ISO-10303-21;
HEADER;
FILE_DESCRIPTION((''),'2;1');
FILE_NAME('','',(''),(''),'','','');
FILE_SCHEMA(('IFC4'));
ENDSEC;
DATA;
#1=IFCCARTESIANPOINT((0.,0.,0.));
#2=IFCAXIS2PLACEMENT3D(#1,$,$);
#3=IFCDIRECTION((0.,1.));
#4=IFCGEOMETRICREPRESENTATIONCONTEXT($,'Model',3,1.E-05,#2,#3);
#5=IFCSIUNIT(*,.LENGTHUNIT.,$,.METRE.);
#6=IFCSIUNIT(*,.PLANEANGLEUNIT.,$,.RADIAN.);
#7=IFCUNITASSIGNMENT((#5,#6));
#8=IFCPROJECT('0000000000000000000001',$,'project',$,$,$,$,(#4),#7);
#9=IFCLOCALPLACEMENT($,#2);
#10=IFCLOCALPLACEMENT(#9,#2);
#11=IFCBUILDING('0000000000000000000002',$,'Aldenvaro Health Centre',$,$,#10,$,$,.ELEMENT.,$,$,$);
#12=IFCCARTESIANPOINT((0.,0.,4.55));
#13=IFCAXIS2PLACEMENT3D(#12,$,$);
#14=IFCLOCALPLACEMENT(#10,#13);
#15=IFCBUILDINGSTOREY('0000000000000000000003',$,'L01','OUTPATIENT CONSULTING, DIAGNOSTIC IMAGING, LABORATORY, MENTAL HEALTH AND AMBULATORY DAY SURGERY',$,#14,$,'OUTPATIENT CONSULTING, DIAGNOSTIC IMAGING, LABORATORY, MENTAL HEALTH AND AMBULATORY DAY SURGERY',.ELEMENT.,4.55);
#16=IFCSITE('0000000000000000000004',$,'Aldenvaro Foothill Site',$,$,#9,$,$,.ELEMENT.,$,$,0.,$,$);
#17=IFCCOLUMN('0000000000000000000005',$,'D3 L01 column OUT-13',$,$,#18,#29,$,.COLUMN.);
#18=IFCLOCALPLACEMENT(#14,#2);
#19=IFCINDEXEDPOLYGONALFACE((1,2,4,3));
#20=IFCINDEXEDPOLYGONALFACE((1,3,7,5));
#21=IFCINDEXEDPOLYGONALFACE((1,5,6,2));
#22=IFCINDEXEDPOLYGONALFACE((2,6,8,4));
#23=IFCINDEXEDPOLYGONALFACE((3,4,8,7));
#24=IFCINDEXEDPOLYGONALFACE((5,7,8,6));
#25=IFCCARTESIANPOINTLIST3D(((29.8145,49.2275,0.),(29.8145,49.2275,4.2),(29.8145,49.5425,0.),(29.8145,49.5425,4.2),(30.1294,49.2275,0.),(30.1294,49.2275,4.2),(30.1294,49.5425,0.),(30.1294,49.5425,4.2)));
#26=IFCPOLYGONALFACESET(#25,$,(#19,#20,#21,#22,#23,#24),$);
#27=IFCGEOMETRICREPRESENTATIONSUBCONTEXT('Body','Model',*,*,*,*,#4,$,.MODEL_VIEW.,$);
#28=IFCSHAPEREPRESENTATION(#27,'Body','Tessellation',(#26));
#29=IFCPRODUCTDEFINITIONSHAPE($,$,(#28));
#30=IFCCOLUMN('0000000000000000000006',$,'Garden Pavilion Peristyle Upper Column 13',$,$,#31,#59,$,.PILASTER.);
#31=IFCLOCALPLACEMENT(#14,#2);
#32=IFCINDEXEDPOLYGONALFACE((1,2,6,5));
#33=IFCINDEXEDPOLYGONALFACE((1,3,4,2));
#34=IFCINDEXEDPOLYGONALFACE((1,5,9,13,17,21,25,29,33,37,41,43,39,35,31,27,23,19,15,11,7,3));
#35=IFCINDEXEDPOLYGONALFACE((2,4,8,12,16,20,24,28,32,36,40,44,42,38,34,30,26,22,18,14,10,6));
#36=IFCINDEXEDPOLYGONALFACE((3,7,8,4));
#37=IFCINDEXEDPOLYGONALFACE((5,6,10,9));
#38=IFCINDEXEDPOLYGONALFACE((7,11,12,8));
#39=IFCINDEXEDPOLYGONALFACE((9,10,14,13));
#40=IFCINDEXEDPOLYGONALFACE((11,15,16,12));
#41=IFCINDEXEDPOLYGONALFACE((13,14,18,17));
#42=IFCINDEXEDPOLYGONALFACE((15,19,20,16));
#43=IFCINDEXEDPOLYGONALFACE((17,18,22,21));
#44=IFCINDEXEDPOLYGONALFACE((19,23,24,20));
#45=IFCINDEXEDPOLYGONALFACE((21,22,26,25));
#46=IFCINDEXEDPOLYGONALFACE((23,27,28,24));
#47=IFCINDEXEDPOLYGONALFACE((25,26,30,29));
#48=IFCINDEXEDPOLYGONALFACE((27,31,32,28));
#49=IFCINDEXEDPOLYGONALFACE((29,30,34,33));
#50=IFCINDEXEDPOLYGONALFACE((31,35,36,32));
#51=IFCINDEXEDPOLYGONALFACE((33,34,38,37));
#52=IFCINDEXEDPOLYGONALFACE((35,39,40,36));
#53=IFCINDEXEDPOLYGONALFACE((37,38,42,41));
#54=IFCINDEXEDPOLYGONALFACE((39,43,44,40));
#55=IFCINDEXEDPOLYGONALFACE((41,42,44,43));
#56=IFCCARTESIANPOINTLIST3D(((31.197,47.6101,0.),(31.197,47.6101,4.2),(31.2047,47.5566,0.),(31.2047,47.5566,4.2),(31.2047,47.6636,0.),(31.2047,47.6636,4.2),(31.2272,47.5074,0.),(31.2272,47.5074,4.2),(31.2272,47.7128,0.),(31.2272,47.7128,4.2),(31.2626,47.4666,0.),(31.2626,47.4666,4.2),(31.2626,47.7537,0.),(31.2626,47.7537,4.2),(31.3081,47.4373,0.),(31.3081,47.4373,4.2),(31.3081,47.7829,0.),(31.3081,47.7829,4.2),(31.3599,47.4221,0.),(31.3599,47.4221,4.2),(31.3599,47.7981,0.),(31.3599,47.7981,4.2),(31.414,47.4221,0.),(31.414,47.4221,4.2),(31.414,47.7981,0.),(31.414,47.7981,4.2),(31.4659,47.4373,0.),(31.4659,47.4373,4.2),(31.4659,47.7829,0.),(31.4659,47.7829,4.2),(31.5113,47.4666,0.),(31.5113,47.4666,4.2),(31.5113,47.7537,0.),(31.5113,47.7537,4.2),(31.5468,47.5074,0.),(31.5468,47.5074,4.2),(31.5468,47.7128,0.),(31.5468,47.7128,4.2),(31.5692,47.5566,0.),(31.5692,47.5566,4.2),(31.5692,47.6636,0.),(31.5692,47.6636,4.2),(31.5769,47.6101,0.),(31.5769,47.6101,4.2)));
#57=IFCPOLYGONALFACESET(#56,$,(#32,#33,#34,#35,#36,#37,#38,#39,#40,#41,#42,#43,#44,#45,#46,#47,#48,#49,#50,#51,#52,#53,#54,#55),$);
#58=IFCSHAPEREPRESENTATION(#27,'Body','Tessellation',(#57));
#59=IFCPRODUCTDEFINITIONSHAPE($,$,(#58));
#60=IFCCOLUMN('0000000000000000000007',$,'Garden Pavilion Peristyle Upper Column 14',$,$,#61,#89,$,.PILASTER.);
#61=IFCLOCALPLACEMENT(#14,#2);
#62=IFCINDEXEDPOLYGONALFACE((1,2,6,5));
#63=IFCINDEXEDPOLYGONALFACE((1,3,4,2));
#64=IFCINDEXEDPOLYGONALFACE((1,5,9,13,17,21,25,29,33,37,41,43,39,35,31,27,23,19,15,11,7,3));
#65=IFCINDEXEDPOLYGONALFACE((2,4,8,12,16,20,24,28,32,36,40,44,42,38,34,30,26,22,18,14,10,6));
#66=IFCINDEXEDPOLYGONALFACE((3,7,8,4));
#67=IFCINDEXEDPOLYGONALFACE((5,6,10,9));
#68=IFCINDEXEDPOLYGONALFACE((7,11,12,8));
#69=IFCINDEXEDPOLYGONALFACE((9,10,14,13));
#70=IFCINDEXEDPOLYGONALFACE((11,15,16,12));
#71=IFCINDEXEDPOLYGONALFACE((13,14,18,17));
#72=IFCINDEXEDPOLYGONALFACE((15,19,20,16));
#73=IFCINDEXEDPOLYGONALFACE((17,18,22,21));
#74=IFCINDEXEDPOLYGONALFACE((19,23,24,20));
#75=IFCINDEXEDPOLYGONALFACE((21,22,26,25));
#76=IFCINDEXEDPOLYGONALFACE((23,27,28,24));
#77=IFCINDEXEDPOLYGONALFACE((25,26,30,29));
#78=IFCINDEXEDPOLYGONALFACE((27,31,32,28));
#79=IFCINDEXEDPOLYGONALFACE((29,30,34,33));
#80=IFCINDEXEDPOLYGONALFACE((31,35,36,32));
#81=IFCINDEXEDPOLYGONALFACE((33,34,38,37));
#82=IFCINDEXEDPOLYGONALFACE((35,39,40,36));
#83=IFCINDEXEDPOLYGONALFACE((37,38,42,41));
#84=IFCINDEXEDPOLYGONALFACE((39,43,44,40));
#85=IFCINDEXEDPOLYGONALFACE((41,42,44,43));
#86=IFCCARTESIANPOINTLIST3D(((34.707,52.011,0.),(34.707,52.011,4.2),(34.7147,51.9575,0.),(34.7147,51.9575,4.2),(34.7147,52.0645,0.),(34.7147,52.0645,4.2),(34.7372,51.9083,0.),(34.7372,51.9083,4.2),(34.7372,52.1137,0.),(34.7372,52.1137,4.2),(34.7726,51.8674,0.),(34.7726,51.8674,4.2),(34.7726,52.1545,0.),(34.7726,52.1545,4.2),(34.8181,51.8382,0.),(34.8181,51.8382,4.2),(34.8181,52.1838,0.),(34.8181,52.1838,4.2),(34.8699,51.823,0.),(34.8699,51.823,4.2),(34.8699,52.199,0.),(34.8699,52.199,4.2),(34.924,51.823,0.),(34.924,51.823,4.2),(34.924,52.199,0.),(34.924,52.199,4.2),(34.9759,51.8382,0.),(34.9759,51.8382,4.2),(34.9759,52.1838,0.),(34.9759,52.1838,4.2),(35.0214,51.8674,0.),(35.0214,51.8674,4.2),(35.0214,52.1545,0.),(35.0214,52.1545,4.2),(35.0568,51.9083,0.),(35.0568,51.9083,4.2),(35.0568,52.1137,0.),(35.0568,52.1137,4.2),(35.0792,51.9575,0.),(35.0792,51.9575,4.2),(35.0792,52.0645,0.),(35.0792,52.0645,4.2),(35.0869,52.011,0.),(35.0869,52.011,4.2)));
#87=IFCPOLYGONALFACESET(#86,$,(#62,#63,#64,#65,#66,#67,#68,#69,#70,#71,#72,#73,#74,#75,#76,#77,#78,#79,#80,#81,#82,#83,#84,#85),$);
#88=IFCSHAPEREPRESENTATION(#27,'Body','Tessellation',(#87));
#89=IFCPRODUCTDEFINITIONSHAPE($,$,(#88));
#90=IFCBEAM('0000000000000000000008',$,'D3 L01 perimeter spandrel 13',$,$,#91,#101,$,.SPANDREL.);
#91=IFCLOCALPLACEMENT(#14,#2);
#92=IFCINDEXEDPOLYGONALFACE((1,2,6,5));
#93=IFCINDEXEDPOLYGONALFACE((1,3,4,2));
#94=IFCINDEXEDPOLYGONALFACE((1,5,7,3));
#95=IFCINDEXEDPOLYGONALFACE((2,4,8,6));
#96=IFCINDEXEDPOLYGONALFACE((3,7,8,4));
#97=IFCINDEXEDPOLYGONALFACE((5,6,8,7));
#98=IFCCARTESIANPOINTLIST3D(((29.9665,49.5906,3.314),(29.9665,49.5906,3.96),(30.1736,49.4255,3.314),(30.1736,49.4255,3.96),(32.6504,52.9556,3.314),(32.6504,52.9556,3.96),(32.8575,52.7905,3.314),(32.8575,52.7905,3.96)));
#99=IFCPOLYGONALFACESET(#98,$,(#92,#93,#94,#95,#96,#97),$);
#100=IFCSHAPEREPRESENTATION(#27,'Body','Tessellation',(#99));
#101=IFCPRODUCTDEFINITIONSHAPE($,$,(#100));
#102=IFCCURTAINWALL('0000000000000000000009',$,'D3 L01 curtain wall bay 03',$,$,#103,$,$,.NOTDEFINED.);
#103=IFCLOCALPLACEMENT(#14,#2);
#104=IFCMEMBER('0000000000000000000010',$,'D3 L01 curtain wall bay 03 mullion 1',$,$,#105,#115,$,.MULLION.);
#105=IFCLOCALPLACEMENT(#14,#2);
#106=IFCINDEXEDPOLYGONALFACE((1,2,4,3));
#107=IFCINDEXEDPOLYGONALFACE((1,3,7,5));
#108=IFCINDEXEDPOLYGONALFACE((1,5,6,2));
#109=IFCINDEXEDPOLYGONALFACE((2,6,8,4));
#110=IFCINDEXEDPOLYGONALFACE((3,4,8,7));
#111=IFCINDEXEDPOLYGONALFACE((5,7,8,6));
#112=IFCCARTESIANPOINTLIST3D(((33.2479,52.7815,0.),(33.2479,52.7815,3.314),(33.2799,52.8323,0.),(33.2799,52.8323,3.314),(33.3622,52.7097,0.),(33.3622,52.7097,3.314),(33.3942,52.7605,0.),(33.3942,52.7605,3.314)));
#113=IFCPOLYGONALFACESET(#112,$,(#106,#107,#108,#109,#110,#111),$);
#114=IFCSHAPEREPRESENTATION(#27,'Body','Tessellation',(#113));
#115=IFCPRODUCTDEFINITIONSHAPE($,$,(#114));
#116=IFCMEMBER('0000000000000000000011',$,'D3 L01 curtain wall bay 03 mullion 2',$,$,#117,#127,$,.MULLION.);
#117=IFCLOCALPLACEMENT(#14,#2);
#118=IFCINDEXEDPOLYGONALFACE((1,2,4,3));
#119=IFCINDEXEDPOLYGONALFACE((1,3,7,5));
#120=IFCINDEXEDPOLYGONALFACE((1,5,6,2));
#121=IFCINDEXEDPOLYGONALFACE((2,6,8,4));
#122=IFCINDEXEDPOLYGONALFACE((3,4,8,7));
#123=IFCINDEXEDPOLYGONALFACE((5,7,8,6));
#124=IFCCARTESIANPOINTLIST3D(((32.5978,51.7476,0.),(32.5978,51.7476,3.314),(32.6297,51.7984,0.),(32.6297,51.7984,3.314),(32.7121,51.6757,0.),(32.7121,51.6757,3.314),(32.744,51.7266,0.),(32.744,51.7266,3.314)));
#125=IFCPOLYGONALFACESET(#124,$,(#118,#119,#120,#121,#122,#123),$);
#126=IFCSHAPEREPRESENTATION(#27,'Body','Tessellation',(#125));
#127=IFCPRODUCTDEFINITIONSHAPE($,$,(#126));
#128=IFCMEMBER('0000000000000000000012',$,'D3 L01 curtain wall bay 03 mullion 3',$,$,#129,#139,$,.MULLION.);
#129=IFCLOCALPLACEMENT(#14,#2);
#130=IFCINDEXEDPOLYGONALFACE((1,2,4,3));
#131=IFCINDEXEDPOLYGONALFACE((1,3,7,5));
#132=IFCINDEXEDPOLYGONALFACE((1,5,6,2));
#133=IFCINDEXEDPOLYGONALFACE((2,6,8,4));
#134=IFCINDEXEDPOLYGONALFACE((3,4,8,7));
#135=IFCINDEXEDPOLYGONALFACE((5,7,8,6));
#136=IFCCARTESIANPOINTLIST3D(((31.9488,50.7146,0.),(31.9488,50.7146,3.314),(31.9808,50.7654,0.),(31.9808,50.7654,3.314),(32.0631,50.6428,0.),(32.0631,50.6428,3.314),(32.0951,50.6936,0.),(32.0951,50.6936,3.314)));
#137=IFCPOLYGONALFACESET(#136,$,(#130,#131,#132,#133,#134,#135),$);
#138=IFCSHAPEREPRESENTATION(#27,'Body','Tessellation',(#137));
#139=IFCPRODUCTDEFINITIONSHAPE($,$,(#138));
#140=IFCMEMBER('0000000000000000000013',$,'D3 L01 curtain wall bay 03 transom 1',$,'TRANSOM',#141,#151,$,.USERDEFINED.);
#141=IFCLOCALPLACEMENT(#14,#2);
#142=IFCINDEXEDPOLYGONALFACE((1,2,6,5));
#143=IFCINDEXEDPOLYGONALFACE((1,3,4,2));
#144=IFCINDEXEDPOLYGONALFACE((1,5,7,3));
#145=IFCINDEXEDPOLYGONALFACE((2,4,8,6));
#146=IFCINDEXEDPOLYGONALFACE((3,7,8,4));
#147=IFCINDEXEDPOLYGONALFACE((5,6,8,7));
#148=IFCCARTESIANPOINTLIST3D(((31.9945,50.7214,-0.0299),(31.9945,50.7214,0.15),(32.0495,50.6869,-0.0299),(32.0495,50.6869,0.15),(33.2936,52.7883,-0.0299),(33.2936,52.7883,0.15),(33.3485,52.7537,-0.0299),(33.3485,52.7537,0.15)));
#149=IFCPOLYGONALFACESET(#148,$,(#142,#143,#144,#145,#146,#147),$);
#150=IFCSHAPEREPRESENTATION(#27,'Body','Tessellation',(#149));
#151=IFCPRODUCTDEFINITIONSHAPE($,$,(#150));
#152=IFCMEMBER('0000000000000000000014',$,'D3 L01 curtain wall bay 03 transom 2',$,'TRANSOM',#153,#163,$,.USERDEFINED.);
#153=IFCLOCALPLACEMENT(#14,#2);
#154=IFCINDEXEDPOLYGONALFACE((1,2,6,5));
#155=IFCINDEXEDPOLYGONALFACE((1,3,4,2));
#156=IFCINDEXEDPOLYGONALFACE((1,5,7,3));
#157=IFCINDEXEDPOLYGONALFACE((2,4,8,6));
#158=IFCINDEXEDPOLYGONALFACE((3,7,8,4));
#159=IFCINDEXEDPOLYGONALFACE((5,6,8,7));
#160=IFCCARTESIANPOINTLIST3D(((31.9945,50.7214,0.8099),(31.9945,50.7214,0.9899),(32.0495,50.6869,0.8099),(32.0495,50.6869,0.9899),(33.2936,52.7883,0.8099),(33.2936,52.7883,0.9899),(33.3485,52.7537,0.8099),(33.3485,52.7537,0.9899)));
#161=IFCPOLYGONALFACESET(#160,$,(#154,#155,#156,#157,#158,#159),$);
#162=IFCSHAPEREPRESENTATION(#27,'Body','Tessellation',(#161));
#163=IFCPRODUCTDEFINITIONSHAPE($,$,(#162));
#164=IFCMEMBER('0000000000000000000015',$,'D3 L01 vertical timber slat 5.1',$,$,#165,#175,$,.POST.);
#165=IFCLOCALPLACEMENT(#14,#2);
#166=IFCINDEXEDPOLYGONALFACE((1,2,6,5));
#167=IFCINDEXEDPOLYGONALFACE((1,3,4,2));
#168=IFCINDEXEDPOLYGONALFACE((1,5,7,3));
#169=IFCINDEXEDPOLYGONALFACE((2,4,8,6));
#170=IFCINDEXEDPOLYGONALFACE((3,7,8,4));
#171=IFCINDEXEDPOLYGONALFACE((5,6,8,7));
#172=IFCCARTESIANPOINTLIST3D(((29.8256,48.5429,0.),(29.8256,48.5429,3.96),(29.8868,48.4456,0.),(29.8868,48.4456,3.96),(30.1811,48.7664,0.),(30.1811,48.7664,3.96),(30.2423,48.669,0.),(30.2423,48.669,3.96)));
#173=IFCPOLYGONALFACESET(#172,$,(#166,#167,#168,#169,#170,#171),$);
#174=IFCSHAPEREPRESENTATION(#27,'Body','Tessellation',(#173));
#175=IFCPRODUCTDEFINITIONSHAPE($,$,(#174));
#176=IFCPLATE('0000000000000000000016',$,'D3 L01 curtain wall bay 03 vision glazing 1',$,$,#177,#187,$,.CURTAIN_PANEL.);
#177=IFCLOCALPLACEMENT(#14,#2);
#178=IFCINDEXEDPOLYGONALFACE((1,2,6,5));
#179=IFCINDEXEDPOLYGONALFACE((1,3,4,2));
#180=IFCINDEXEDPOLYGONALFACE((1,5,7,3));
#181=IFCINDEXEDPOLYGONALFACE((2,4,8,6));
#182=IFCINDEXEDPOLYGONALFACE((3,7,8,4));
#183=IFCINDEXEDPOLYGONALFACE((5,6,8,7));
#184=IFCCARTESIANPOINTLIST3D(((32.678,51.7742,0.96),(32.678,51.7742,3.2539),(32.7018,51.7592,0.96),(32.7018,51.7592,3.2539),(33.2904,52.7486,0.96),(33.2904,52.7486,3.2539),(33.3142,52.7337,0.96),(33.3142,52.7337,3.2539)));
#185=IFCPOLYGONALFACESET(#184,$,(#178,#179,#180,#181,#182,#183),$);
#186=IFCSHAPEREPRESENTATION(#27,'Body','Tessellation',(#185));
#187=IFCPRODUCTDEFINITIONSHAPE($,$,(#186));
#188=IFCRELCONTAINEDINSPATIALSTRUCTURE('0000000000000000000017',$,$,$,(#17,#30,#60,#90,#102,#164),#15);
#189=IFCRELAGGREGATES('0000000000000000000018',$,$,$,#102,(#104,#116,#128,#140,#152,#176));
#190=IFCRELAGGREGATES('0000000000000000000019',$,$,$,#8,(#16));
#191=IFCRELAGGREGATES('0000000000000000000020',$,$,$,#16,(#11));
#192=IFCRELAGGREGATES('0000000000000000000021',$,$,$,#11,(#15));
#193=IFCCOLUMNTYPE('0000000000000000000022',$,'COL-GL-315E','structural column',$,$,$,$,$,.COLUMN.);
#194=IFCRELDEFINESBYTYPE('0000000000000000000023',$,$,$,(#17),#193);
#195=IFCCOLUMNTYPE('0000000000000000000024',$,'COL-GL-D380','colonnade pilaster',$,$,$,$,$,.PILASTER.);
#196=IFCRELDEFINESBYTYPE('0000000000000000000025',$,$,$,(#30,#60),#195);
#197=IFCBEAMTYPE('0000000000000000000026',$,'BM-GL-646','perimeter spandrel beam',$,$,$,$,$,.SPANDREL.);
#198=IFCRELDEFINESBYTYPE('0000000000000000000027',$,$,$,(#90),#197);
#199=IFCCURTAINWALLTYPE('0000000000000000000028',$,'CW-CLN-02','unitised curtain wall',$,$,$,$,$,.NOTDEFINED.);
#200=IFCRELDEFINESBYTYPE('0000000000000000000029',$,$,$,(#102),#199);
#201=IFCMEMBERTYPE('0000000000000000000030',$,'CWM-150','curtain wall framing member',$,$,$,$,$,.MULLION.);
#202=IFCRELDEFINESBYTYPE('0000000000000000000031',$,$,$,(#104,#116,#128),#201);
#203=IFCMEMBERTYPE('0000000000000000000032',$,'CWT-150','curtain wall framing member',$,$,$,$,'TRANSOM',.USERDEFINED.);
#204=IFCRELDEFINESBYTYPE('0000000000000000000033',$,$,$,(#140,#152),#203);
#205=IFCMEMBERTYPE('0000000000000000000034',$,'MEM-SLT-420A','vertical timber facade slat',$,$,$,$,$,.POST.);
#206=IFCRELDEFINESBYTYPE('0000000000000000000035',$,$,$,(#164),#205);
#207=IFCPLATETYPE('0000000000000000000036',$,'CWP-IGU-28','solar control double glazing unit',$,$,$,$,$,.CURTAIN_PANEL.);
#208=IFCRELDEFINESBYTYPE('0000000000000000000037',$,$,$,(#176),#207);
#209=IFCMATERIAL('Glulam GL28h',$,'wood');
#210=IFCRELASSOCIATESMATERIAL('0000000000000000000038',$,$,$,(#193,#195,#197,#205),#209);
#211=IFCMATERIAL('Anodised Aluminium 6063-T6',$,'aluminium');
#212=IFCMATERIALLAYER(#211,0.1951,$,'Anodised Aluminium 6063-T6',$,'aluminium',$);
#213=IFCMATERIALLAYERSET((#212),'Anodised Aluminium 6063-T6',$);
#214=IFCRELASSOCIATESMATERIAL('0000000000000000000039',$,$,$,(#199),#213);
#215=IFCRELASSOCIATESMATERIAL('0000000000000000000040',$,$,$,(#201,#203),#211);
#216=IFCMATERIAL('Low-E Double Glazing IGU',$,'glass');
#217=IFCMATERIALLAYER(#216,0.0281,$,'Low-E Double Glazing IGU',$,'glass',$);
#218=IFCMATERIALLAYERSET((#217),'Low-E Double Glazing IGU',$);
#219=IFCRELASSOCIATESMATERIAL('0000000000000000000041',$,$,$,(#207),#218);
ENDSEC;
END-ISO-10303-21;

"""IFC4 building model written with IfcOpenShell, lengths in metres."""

from ifc_helpers import new_model, si_unit, direction, frame, origin, origin_2d, place, context, subcontext, project, spatial, rectangle, circle, extrude, material, layer, layer_set, material_profile, profile_set, type_object, element, aggregate, save


model = new_model("IFC4")

# Units and contexts
model_context = context("Model", 3, precision=1e-05, world=origin(), true_north=direction((0.0, 1.0)))
body_context = subcontext(model_context, "Body", "Model", "MODEL_VIEW")
ifc_project = project(units=[si_unit("LENGTHUNIT", "METRE"), si_unit("PLANEANGLEUNIT", "RADIAN")], contexts=[model_context])

# Site, building, storey
site_placement = place(None, origin())
site = spatial("IfcSite", under=ifc_project, at=site_placement, Name="Aldenvaro Foothill Site", CompositionType="ELEMENT", RefElevation=0.0)
building_placement = place(site_placement, origin())
building = spatial("IfcBuilding", under=site, at=building_placement, Name="Aldenvaro Health Centre", CompositionType="ELEMENT")
storey_placement = place(building_placement, frame((0.0, 0.0, 4.55)))
storey = spatial("IfcBuildingStorey", under=building, at=storey_placement, Name="L01", Description="OUTPATIENT CONSULTING, DIAGNOSTIC IMAGING, LABORATORY, MENTAL HEALTH AND AMBULATORY DAY SURGERY", LongName="OUTPATIENT CONSULTING, DIAGNOSTIC IMAGING, LABORATORY, MENTAL HEALTH AND AMBULATORY DAY SURGERY", CompositionType="ELEMENT", Elevation=4.55)

# Columns
ifc_material_1 = material(Name="Glulam GL28h", Category="wood")
ifc_material_profile_1 = material_profile(ifc_material_1, rectangle(XDim=0.3149, YDim=0.3149, at=origin_2d()), Name="GL 315x315", Category="wood")
ifc_profile_set_1 = profile_set([ifc_material_profile_1], Name="Glulam GL28h")
column_type_1 = type_object("IfcColumnType", Name="COL-GL-315E", Description="structural column", PredefinedType="COLUMN", material=ifc_profile_set_1)
column_placement = place(storey_placement, frame((29.9719, 49.385, 0.0), z_axis=(0.0, 0.0, 1.0), x_axis=(1.0, 0.0, 0.0)))
element("IfcColumn", 1, at=column_placement, inside=storey, type_object=column_type_1, Name="D3 L01 column OUT-13", PredefinedType="COLUMN", context=body_context, shape_type="SweptSolid", body=[
    extrude(rectangle(XDim=0.3149, YDim=0.3149, at=origin_2d()), origin(), (0.0, 0.0, 1.0), 4.2),
])
ifc_material_profile_2 = material_profile(ifc_material_1, circle(Radius=0.1899, at=origin_2d()), Name="GL D380", Category="wood")
ifc_profile_set_2 = profile_set([ifc_material_profile_2], Name="Glulam GL28h")
column_type_2 = type_object("IfcColumnType", Name="COL-GL-D380", Description="colonnade pilaster", PredefinedType="PILASTER", material=ifc_profile_set_2)
for number, where, z_axis, x_axis, name in (
    (2, (31.387, 47.6101, 0.0), (0.0, 0.0, 1.0), (1.0, 0.0, 0.0), "Garden Pavilion Peristyle Upper Column 13"),
    (3, (34.897, 52.011, 0.0), (0.0, 0.0, 1.0), (1.0, 0.0, 0.0), "Garden Pavilion Peristyle Upper Column 14"),
):
    element("IfcColumn", number, at=place(storey_placement, frame(where, z_axis=z_axis, x_axis=x_axis)), inside=storey, type_object=column_type_2, Name=name, PredefinedType="PILASTER", context=body_context, shape_type="SweptSolid", body=[
        extrude(circle(Radius=0.1899, at=origin_2d()), origin(), (0.0, 0.0, 1.0), 4.2),
    ])

# Beam
ifc_material_profile_3 = material_profile(ifc_material_1, rectangle(XDim=0.2649, YDim=0.646, at=origin_2d()), Name="GL 265x646", Category="wood")
ifc_profile_set_3 = profile_set([ifc_material_profile_3], Name="Glulam GL28h")
beam_type = type_object("IfcBeamType", Name="BM-GL-646", Description="perimeter spandrel beam", PredefinedType="SPANDREL", material=ifc_profile_set_3)
beam_placement = place(storey_placement, frame((30.0701, 49.5081, 3.637), z_axis=(0.623539, 0.781792, 0.0), x_axis=(-0.781792, 0.623539, 0.0)))
element("IfcBeam", 4, at=beam_placement, inside=storey, type_object=beam_type, Name="D3 L01 perimeter spandrel 13", PredefinedType="SPANDREL", context=body_context, shape_type="SweptSolid", body=[
    extrude(rectangle(XDim=0.2649, YDim=0.646, at=origin_2d()), origin(), (0.0, 0.0, 1.0), 4.3042),
])

# Curtain wall, members
ifc_material_2 = material(Name="Anodised Aluminium 6063-T6", Category="aluminium")
ifc_layer_1 = layer(ifc_material_2, 0.1951, Name="Anodised Aluminium 6063-T6", Category="aluminium")
ifc_layer_set_1 = layer_set([ifc_layer_1], Name="Anodised Aluminium 6063-T6")
curtain_wall_type = type_object("IfcCurtainWallType", Name="CW-CLN-02", Description="unitised curtain wall", PredefinedType="NOTDEFINED", material=ifc_layer_set_1)
curtain_wall_placement = place(storey_placement, origin())
curtain_wall = element("IfcCurtainWall", 5, at=curtain_wall_placement, inside=storey, type_object=curtain_wall_type, Name="D3 L01 curtain wall bay 03", PredefinedType="NOTDEFINED")
ifc_material_profile_4 = material_profile(ifc_material_2, rectangle(XDim=0.0601, YDim=0.135, at=origin_2d()), Name="ALU 60x135", Category="aluminium")
ifc_profile_set_4 = profile_set([ifc_material_profile_4], Name="Anodised Aluminium 6063-T6")
member_type_1 = type_object("IfcMemberType", Name="CWM-150", Description="curtain wall framing member", PredefinedType="MULLION", material=ifc_profile_set_4)
member_1_placement = place(storey_placement, frame((33.321, 52.771, 0.0), z_axis=(0.0, 0.0, 1.0), x_axis=(-0.532096, -0.846684, 0.0)))
member_1 = element("IfcMember", 6, at=member_1_placement, type_object=member_type_1, Name="D3 L01 curtain wall bay 03 mullion 1", PredefinedType="MULLION", context=body_context, shape_type="SweptSolid", body=[
    extrude(rectangle(XDim=0.0601, YDim=0.135, at=origin_2d()), origin(), (0.0, 0.0, 1.0), 3.314),
])
member_2_placement = place(storey_placement, frame((32.6709, 51.7371, 0.0), z_axis=(0.0, 0.0, 1.0), x_axis=(-0.532096, -0.846684, 0.0)))
member_2 = element("IfcMember", 7, at=member_2_placement, type_object=member_type_1, Name="D3 L01 curtain wall bay 03 mullion 2", PredefinedType="MULLION", context=body_context, shape_type="SweptSolid", body=[
    extrude(rectangle(XDim=0.0601, YDim=0.135, at=origin_2d()), origin(), (0.0, 0.0, 1.0), 3.314),
])
member_3_placement = place(storey_placement, frame((32.022, 50.7041, 0.0), z_axis=(0.0, 0.0, 1.0), x_axis=(-0.532096, -0.846684, 0.0)))
member_3 = element("IfcMember", 8, at=member_3_placement, type_object=member_type_1, Name="D3 L01 curtain wall bay 03 mullion 3", PredefinedType="MULLION", context=body_context, shape_type="SweptSolid", body=[
    extrude(rectangle(XDim=0.0601, YDim=0.135, at=origin_2d()), origin(), (0.0, 0.0, 1.0), 3.314),
])
ifc_material_profile_5 = material_profile(ifc_material_2, rectangle(XDim=0.0649, YDim=0.1799, at=origin_2d()), Name="ALU 65x180", Category="aluminium")
ifc_profile_set_5 = profile_set([ifc_material_profile_5], Name="Anodised Aluminium 6063-T6")
member_type_2 = type_object("IfcMemberType", Name="CWT-150", Description="curtain wall framing member", ElementType="TRANSOM", PredefinedType="USERDEFINED", material=ifc_profile_set_5)
member_4_placement = place(storey_placement, frame((33.321, 52.771, 0.0601), z_axis=(-0.532137, -0.846658, 0.0), x_axis=(0.846658, -0.532137, 0.0)))
member_4 = element("IfcMember", 9, at=member_4_placement, type_object=member_type_2, Name="D3 L01 curtain wall bay 03 transom 1", ObjectType="TRANSOM", PredefinedType="USERDEFINED", context=body_context, shape_type="SweptSolid", body=[
    extrude(rectangle(XDim=0.0649, YDim=0.1799, at=origin_2d()), origin(), (0.0, 0.0, 1.0), 2.4412),
])
member_5_placement = place(storey_placement, frame((33.321, 52.771, 0.8999), z_axis=(-0.532137, -0.846658, 0.0), x_axis=(0.846658, -0.532137, 0.0)))
member_5 = element("IfcMember", 10, at=member_5_placement, type_object=member_type_2, Name="D3 L01 curtain wall bay 03 transom 2", ObjectType="TRANSOM", PredefinedType="USERDEFINED", context=body_context, shape_type="SweptSolid", body=[
    extrude(rectangle(XDim=0.0649, YDim=0.1799, at=origin_2d()), origin(), (0.0, 0.0, 1.0), 2.4412),
])

# Member
ifc_material_profile_6 = material_profile(ifc_material_1, rectangle(XDim=0.115, YDim=0.4199, at=origin_2d()), Name="GL 115x420", Category="wood")
ifc_profile_set_6 = profile_set([ifc_material_profile_6], Name="Glulam GL28h")
member_type_3 = type_object("IfcMemberType", Name="MEM-SLT-420A", Description="vertical timber facade slat", PredefinedType="POST", material=ifc_profile_set_6)
member_6_placement = place(storey_placement, frame((30.0339, 48.606, 0.0), z_axis=(0.0, 0.0, 1.0), x_axis=(0.532096, -0.846684, 0.0)))
element("IfcMember", 11, at=member_6_placement, inside=storey, type_object=member_type_3, Name="D3 L01 vertical timber slat 5.1", PredefinedType="POST", context=body_context, shape_type="SweptSolid", body=[
    extrude(rectangle(XDim=0.115, YDim=0.4199, at=origin_2d()), origin(), (0.0, 0.0, 1.0), 3.96),
])

# Plate
ifc_material_3 = material(Name="Low-E Double Glazing IGU", Category="glass")
ifc_layer_2 = layer(ifc_material_3, 0.0281, Name="Low-E Double Glazing IGU", Category="glass")
ifc_layer_set_2 = layer_set([ifc_layer_2], Name="Low-E Double Glazing IGU")
plate_type_1 = type_object("IfcPlateType", Name="CWP-IGU-28", Description="solar control double glazing unit", PredefinedType="CURTAIN_PANEL", material=ifc_layer_set_2)
plate_1_placement = place(storey_placement, frame((32.9961, 52.2539, 0.96), z_axis=(0.0, 0.0, 1.0), x_axis=(-0.532096, -0.846684, 0.0)))
plate_1 = element("IfcPlate", 12, at=plate_1_placement, type_object=plate_type_1, Name="D3 L01 curtain wall bay 03 vision glazing 1", PredefinedType="CURTAIN_PANEL", context=body_context, shape_type="SweptSolid", body=[
    extrude(rectangle(XDim=1.1509, YDim=0.0281, at=origin_2d()), origin(), (0.0, 0.0, 1.0), 2.2939),
])
aggregate(curtain_wall, [member_1, member_2, member_3, member_4, member_5, plate_1])

save(model, "model.ifc")
